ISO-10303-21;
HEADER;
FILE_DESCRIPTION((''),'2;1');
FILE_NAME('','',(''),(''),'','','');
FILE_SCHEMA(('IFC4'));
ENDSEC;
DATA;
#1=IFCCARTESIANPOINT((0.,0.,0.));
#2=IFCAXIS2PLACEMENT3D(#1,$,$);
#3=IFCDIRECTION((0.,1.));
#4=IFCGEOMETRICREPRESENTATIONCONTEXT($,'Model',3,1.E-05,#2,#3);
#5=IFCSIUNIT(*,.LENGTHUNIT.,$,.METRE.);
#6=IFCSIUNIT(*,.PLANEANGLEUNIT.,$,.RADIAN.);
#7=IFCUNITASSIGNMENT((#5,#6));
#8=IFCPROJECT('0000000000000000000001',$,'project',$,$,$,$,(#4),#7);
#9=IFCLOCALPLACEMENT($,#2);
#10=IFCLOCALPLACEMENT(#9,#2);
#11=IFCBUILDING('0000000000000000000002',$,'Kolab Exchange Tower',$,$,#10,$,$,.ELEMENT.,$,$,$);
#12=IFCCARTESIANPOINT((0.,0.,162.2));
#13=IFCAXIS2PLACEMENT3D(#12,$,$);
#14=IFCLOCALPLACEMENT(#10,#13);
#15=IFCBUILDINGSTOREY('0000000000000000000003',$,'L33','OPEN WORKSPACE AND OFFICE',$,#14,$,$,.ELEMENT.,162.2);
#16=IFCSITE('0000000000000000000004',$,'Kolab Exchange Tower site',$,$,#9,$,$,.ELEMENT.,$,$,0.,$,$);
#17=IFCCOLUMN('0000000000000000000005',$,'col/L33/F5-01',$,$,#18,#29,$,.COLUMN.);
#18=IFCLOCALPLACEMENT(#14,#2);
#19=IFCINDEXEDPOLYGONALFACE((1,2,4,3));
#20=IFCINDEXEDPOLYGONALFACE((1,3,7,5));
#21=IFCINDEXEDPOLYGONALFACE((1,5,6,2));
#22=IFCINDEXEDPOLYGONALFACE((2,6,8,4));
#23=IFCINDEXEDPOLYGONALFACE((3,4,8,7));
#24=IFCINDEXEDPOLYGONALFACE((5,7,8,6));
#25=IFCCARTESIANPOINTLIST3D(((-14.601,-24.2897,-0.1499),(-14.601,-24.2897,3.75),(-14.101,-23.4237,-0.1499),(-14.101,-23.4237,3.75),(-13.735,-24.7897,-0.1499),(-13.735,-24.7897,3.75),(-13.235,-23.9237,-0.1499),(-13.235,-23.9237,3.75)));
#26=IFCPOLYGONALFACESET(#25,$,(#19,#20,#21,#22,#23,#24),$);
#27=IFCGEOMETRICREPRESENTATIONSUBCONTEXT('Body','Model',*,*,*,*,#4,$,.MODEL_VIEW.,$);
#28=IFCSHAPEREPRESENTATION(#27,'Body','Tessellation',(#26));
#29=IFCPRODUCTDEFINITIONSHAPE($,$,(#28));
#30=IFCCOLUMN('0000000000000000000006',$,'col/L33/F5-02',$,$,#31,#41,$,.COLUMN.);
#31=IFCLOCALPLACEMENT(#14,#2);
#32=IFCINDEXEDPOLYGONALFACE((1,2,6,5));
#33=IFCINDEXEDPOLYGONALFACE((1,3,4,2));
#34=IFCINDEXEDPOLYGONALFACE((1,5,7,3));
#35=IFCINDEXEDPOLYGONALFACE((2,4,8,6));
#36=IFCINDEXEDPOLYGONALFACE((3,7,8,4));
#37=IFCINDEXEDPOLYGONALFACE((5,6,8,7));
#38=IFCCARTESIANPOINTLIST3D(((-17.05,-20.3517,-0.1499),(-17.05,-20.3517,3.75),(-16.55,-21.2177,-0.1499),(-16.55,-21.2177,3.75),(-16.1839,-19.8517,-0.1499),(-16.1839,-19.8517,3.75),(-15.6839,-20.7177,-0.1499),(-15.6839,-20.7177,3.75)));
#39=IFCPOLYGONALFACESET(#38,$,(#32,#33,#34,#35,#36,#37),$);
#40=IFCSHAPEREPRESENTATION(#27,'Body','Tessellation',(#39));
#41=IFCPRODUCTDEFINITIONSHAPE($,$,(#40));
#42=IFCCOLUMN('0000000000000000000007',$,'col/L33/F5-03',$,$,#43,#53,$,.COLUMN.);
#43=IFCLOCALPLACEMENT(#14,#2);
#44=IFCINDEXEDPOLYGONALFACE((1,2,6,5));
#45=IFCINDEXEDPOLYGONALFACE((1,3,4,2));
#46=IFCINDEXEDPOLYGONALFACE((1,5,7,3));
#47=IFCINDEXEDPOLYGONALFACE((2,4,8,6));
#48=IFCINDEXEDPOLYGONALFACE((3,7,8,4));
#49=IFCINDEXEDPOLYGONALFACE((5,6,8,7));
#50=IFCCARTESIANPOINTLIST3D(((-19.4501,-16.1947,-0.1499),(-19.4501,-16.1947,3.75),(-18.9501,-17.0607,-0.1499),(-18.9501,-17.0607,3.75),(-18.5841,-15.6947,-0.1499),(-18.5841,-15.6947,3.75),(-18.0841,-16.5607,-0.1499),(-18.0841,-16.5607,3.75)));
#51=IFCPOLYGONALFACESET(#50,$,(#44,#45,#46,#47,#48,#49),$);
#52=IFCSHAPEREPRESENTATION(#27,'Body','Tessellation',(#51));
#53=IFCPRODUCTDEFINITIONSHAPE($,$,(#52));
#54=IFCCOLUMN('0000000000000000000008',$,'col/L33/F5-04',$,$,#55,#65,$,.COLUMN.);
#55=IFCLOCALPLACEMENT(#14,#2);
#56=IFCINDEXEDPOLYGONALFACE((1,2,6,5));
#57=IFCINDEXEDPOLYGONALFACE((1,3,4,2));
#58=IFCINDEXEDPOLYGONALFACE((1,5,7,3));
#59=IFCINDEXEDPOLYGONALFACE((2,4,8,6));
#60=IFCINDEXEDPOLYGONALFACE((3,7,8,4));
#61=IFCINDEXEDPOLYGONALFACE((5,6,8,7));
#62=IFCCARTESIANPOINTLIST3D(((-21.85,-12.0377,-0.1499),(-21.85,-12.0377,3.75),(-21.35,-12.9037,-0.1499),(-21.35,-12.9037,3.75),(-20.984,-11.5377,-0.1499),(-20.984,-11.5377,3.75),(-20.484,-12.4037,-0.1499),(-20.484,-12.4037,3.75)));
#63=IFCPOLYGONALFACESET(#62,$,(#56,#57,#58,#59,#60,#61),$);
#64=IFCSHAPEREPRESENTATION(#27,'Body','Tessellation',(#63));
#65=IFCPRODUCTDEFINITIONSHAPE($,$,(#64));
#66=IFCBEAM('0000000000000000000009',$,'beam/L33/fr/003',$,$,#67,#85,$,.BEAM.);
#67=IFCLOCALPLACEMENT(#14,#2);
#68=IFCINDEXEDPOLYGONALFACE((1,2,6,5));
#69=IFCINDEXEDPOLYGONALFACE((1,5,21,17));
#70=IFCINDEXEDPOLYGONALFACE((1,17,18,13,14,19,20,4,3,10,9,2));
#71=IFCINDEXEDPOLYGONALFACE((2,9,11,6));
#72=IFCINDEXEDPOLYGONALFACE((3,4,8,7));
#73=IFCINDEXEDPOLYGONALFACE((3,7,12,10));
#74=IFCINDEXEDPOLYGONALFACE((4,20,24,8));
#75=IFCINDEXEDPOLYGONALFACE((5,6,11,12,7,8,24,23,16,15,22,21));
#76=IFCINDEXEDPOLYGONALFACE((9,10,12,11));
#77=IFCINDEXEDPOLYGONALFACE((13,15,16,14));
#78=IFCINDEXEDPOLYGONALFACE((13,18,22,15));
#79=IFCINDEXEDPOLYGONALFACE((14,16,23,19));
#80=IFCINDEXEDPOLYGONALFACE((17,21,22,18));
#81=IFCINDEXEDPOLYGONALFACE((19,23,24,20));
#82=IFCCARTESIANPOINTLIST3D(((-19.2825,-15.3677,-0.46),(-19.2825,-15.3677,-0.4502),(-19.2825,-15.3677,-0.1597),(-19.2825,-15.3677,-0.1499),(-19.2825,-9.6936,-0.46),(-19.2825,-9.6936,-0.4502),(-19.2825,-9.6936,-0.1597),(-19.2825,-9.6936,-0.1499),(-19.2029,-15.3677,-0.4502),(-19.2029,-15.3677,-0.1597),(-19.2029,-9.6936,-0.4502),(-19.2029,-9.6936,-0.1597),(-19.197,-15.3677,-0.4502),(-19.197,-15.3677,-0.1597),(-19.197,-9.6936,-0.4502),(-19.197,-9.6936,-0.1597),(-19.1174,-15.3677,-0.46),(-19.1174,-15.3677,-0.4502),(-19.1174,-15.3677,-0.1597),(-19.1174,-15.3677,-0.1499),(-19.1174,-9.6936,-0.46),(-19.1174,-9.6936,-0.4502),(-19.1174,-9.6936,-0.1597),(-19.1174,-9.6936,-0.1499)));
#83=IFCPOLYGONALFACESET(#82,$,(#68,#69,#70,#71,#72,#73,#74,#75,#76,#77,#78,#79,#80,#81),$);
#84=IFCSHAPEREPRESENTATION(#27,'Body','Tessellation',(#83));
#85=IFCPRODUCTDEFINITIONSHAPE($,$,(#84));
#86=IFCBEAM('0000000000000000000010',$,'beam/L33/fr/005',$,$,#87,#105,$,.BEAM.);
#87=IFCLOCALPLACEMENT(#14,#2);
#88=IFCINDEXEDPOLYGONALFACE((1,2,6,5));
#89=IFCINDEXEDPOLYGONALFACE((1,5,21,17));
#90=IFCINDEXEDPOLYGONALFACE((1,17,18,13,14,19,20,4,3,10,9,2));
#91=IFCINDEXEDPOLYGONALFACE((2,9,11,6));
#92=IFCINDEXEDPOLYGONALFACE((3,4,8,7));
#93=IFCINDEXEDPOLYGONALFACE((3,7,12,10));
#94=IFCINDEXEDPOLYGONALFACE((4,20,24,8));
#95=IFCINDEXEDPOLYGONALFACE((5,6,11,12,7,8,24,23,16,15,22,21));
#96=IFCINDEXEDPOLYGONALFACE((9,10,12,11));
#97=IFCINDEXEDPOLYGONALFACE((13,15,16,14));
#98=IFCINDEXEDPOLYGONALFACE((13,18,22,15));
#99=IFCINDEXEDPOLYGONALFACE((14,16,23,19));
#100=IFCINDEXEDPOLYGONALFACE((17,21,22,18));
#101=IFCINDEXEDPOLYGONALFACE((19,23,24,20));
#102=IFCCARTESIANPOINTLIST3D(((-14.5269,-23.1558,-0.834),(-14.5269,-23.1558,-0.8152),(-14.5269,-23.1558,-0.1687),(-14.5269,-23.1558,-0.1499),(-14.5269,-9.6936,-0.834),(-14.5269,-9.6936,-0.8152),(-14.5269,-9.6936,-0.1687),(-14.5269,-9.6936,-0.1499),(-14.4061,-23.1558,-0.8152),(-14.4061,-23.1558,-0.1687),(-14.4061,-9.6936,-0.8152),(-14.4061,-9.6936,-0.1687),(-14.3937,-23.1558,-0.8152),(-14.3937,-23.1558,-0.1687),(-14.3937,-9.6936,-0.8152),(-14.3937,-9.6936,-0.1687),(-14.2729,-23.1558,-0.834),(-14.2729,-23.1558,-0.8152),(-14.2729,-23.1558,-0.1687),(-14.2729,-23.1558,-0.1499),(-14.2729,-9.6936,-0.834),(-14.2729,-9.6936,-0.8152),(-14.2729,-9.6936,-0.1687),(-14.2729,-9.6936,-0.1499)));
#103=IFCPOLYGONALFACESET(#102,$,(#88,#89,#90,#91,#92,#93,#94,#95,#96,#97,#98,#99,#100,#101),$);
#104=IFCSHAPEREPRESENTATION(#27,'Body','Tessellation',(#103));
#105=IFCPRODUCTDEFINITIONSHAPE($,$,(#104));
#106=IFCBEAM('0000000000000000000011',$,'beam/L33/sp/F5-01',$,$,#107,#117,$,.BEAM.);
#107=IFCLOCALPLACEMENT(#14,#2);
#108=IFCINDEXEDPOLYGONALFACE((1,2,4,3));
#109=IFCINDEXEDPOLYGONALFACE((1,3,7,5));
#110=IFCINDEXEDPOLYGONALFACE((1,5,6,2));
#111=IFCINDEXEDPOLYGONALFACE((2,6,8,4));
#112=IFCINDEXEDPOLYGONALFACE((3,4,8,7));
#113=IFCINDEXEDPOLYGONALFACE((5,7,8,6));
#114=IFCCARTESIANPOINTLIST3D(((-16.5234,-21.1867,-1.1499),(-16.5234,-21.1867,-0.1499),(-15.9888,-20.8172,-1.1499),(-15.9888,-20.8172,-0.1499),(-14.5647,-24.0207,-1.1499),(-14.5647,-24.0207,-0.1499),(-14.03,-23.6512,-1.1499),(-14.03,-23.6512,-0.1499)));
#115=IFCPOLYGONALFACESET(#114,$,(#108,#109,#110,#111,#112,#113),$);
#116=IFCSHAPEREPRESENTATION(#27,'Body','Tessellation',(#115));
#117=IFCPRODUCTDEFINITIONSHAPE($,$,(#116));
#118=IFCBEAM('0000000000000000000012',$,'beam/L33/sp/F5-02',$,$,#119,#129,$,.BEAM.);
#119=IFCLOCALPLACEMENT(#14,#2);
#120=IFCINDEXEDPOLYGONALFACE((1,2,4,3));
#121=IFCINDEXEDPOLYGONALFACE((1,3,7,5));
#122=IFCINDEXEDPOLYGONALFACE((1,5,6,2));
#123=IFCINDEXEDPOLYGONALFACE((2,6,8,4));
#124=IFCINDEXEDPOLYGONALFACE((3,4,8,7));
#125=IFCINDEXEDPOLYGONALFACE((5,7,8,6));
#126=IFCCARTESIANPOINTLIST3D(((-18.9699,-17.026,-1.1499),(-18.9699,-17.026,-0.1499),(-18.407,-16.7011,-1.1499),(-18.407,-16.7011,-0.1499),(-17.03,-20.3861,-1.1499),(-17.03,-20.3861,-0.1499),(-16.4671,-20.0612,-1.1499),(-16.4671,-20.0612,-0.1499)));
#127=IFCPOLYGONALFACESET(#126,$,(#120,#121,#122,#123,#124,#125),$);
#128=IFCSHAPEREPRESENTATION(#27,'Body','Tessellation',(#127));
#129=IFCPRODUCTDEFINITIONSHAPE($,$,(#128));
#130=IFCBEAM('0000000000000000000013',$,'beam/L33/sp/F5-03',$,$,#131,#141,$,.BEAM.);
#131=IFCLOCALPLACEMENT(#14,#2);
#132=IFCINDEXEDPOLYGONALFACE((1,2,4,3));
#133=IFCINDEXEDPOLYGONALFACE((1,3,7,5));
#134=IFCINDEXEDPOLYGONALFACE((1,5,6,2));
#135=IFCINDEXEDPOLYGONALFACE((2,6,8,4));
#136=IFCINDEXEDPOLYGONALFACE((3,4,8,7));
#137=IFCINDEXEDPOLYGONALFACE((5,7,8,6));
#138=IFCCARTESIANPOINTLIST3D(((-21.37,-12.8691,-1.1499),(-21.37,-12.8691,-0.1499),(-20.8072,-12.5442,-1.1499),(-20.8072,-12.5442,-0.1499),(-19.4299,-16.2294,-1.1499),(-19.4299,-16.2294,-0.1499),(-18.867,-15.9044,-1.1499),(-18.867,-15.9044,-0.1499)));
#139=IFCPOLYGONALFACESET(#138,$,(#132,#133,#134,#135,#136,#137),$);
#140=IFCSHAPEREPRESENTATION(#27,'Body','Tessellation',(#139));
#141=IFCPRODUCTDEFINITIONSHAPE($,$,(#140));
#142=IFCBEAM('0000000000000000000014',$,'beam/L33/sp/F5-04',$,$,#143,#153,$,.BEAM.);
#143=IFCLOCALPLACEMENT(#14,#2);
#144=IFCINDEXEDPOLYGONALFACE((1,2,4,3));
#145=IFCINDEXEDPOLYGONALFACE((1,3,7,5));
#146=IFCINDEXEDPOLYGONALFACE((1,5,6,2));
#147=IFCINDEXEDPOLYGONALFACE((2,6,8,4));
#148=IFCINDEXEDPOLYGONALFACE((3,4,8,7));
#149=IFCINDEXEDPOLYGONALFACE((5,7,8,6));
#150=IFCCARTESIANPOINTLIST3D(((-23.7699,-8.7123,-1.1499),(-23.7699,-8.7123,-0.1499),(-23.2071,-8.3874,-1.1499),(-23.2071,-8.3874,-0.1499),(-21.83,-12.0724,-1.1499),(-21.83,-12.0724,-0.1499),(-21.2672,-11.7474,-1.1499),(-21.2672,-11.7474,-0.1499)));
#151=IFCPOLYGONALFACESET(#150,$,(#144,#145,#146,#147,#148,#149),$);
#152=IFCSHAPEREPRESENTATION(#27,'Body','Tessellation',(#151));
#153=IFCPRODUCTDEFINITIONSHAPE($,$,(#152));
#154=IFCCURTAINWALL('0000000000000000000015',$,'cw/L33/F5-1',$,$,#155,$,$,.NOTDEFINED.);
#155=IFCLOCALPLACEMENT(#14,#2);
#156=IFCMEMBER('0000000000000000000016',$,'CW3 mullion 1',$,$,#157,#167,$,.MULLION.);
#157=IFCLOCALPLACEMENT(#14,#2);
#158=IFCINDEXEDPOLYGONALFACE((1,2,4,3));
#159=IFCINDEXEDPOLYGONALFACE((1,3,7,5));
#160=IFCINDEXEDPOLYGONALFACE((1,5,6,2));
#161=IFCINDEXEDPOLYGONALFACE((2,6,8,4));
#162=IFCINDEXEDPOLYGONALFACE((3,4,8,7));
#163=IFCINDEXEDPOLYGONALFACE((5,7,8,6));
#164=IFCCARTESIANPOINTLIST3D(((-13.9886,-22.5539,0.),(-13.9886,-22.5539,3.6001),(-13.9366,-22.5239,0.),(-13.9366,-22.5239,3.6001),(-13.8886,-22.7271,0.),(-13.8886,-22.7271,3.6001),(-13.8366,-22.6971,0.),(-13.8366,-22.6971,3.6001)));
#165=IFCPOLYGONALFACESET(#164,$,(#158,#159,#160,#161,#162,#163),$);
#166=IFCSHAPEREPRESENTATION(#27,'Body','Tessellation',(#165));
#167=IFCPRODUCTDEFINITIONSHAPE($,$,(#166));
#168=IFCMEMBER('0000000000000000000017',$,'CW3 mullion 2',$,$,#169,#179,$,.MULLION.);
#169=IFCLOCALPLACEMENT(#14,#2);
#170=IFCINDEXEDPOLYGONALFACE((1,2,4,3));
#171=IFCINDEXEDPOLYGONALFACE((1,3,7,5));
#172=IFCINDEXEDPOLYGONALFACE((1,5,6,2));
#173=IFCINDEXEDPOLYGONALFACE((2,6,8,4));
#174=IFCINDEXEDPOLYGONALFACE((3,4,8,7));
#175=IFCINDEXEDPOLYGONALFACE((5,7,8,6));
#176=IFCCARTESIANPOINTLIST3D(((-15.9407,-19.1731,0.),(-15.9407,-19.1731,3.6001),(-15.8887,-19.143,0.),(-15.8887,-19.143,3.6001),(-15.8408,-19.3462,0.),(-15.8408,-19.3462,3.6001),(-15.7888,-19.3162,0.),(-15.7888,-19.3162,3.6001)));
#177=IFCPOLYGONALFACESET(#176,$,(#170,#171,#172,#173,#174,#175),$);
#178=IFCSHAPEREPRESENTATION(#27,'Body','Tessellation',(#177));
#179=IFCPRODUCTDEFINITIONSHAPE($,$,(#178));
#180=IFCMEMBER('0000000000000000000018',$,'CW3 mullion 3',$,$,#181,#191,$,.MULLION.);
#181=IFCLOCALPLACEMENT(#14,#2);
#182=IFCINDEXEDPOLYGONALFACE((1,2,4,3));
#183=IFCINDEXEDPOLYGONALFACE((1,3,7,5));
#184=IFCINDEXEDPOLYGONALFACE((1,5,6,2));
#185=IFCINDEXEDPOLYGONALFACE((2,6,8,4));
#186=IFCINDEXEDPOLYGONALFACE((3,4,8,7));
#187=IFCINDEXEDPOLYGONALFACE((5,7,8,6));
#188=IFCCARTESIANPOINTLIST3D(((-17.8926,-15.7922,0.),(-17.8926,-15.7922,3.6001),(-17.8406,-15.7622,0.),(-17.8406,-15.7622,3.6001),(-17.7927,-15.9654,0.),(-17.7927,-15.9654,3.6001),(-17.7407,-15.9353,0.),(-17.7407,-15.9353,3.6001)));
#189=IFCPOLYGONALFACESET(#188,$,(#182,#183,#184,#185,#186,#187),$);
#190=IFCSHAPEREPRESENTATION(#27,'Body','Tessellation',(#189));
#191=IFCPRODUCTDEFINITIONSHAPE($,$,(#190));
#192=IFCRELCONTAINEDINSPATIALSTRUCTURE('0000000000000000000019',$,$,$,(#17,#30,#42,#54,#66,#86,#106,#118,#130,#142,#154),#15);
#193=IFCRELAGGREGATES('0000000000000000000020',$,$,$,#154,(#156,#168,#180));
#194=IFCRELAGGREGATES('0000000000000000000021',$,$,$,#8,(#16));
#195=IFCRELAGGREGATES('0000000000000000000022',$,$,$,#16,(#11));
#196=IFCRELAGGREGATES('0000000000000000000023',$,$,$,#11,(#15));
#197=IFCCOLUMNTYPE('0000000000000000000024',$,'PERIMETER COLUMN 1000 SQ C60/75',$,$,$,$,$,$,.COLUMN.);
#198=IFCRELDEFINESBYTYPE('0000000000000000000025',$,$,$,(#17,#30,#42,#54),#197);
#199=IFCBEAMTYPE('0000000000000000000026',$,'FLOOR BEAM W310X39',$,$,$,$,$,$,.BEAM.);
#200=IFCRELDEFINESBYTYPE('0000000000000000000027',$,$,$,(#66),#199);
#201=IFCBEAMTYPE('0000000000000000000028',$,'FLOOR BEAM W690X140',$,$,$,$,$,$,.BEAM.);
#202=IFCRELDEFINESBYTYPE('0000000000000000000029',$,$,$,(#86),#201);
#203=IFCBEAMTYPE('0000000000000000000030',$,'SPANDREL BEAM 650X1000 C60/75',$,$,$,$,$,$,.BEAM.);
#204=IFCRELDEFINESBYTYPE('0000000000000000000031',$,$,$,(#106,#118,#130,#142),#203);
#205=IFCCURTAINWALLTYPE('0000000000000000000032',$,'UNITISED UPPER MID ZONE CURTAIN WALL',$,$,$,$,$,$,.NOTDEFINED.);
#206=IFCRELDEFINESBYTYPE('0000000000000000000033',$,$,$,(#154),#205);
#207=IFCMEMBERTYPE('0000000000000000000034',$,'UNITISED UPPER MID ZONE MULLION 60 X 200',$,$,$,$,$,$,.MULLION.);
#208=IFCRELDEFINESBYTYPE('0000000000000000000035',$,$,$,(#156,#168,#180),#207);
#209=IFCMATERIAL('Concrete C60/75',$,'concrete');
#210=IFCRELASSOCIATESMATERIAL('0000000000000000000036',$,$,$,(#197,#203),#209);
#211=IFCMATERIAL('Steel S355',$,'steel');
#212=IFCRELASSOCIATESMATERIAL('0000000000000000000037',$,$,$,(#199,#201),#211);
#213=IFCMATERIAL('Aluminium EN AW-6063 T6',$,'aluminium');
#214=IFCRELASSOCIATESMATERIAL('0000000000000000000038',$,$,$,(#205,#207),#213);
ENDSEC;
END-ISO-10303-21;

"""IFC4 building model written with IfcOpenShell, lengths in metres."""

from ifc_helpers import new_model, si_unit, direction, frame, origin, origin_2d, place, context, subcontext, project, spatial, rectangle, i_section, extrude, material, material_profile, profile_set, type_object, element, aggregate, save


model = new_model("IFC4")

# Units and contexts
model_context = context("Model", 3, precision=1e-05, world=origin(), true_north=direction((0.0, 1.0)))
body_context = subcontext(model_context, "Body", "Model", "MODEL_VIEW")
ifc_project = project(units=[si_unit("LENGTHUNIT", "METRE"), si_unit("PLANEANGLEUNIT", "RADIAN")], contexts=[model_context])

# Site, building, storey
site_placement = place(None, origin())
site = spatial("IfcSite", under=ifc_project, at=site_placement, Name="Kolab Exchange Tower site", CompositionType="ELEMENT", RefElevation=0.0)
building_placement = place(site_placement, origin())
building = spatial("IfcBuilding", under=site, at=building_placement, Name="Kolab Exchange Tower", CompositionType="ELEMENT")
storey_placement = place(building_placement, frame((0.0, 0.0, 162.2)))
storey = spatial("IfcBuildingStorey", under=building, at=storey_placement, Name="L33", Description="OPEN WORKSPACE AND OFFICE", CompositionType="ELEMENT", Elevation=162.2)

# Columns
ifc_material_1 = material(Name="Concrete C60/75", Category="concrete")
ifc_material_profile_1 = material_profile(ifc_material_1, rectangle(XDim=1.0, YDim=1.0, at=origin_2d()), Name="RC1000")
ifc_profile_set_1 = profile_set([ifc_material_profile_1], Name="Concrete C60/75")
column_type = type_object("IfcColumnType", Name="PERIMETER COLUMN 1000 SQ C60/75", PredefinedType="COLUMN", material=ifc_profile_set_1)
for number, where, z_axis, x_axis, name in (
    (1, (-13.918, -24.1067, -0.1499), (0.0, 0.0, 1.0), (0.5, 0.866025, 0.0), "col/L33/F5-01"),
    (2, (-16.3669, -20.5347, -0.1499), (0.0, 0.0, 1.0), (0.866025, 0.5, 0.0), "col/L33/F5-02"),
    (3, (-18.7671, -16.3777, -0.1499), (0.0, 0.0, 1.0), (0.866025, 0.5, 0.0), "col/L33/F5-03"),
    (4, (-21.167, -12.2207, -0.1499), (0.0, 0.0, 1.0), (0.866025, 0.5, 0.0), "col/L33/F5-04"),
):
    element("IfcColumn", number, at=place(storey_placement, frame(where, z_axis=z_axis, x_axis=x_axis)), inside=storey, type_object=column_type, Name=name, PredefinedType="COLUMN", context=body_context, shape_type="SweptSolid", body=[
        extrude(rectangle(XDim=1.0, YDim=1.0, at=origin_2d()), origin(), (0.0, 0.0, 1.0), 3.8999),
    ])

# Beams
ifc_material_2 = material(Name="Steel S355", Category="steel")
ifc_material_profile_2 = material_profile(ifc_material_2, i_section(OverallWidth=0.165, OverallDepth=0.3101, WebThickness=0.0059, FlangeThickness=0.0098, at=origin_2d()), Name="W310X39")
ifc_profile_set_2 = profile_set([ifc_material_profile_2], Name="Steel S355")
beam_type_1 = type_object("IfcBeamType", Name="FLOOR BEAM W310X39", PredefinedType="BEAM", material=ifc_profile_set_2)
beam_1_placement = place(storey_placement, frame((-19.2, -15.3677, -0.3049), z_axis=(0.0, 1.0, 0.0), x_axis=(-1.0, 0.0, 0.0)))
element("IfcBeam", 5, at=beam_1_placement, inside=storey, type_object=beam_type_1, Name="beam/L33/fr/003", PredefinedType="BEAM", context=body_context, shape_type="SweptSolid", body=[
    extrude(i_section(OverallWidth=0.165, OverallDepth=0.3101, WebThickness=0.0059, FlangeThickness=0.0098, at=origin_2d()), origin(), (0.0, 0.0, 1.0), 5.6741),
])
ifc_material_profile_3 = material_profile(ifc_material_2, i_section(OverallWidth=0.2539, OverallDepth=0.6841, WebThickness=0.0125, FlangeThickness=0.0188, at=origin_2d()), Name="W690X140")
ifc_profile_set_3 = profile_set([ifc_material_profile_3], Name="Steel S355")
beam_type_2 = type_object("IfcBeamType", Name="FLOOR BEAM W690X140", PredefinedType="BEAM", material=ifc_profile_set_3)
beam_2_placement = place(storey_placement, frame((-14.3999, -23.1558, -0.4919), z_axis=(0.0, 1.0, 0.0), x_axis=(-1.0, 0.0, 0.0)))
element("IfcBeam", 6, at=beam_2_placement, inside=storey, type_object=beam_type_2, Name="beam/L33/fr/005", PredefinedType="BEAM", context=body_context, shape_type="SweptSolid", body=[
    extrude(i_section(OverallWidth=0.2539, OverallDepth=0.6841, WebThickness=0.0125, FlangeThickness=0.0188, at=origin_2d()), origin(), (0.0, 0.0, 1.0), 13.4622),
])
ifc_material_profile_4 = material_profile(ifc_material_1, rectangle(XDim=0.6499, YDim=1.0, at=origin_2d()), Name="RC650X1000")
ifc_profile_set_4 = profile_set([ifc_material_profile_4], Name="Concrete C60/75")
beam_type_3 = type_object("IfcBeamType", Name="SPANDREL BEAM 650X1000 C60/75", PredefinedType="BEAM", material=ifc_profile_set_4)
beam_3_placement = place(storey_placement, frame((-14.2974, -23.8359, -0.6499), z_axis=(-0.568572, 0.822633, 0.0), x_axis=(-0.822633, -0.568572, 0.0)))
element("IfcBeam", 7, at=beam_3_placement, inside=storey, type_object=beam_type_3, Name="beam/L33/sp/F5-01", PredefinedType="BEAM", context=body_context, shape_type="SweptSolid", body=[
    extrude(rectangle(XDim=0.6499, YDim=1.0, at=origin_2d()), origin(), (0.0, 0.0, 1.0), 3.4451),
])
beam_4_placement = place(storey_placement, frame((-16.7485, -20.2236, -0.6499), z_axis=(-0.499997, 0.866027, 0.0), x_axis=(-0.866027, -0.499997, 0.0)))
element("IfcBeam", 8, at=beam_4_placement, inside=storey, type_object=beam_type_3, Name="beam/L33/sp/F5-02", PredefinedType="BEAM", context=body_context, shape_type="SweptSolid", body=[
    extrude(rectangle(XDim=0.6499, YDim=1.0, at=origin_2d()), origin(), (0.0, 0.0, 1.0), 3.8799),
])
beam_5_placement = place(storey_placement, frame((-19.1484, -16.0669, -0.6499), z_axis=(-0.500017, 0.866016, 0.0), x_axis=(-0.866016, -0.500017, 0.0)))
element("IfcBeam", 9, at=beam_5_placement, inside=storey, type_object=beam_type_3, Name="beam/L33/sp/F5-03", PredefinedType="BEAM", context=body_context, shape_type="SweptSolid", body=[
    extrude(rectangle(XDim=0.6499, YDim=1.0, at=origin_2d()), origin(), (0.0, 0.0, 1.0), 3.8801),
])
beam_6_placement = place(storey_placement, frame((-21.5486, -11.9099, -0.6499), z_axis=(-0.499997, 0.866027, 0.0), x_axis=(-0.866027, -0.499997, 0.0)))
element("IfcBeam", 10, at=beam_6_placement, inside=storey, type_object=beam_type_3, Name="beam/L33/sp/F5-04", PredefinedType="BEAM", context=body_context, shape_type="SweptSolid", body=[
    extrude(rectangle(XDim=0.6499, YDim=1.0, at=origin_2d()), origin(), (0.0, 0.0, 1.0), 3.8799),
])

# Curtain wall, members
ifc_material_3 = material(Name="Aluminium EN AW-6063 T6", Category="aluminium")
curtain_wall_type = type_object("IfcCurtainWallType", Name="UNITISED UPPER MID ZONE CURTAIN WALL", PredefinedType="NOTDEFINED", material=ifc_material_3)
curtain_wall_1_placement = place(storey_placement, origin())
curtain_wall_1 = element("IfcCurtainWall", 11, at=curtain_wall_1_placement, inside=storey, type_object=curtain_wall_type, Name="cw/L33/F5-1", PredefinedType="NOTDEFINED")
ifc_material_profile_5 = material_profile(ifc_material_3, rectangle(XDim=0.0601, YDim=0.2, at=origin_2d()), Name="RECT 60X200")
ifc_profile_set_5 = profile_set([ifc_material_profile_5], Name="Aluminium EN AW-6063 T6")
member_type_1 = type_object("IfcMemberType", Name="UNITISED UPPER MID ZONE MULLION 60 X 200", PredefinedType="MULLION", material=ifc_profile_set_5)
member_1_placement = place(storey_placement, frame((-13.9126, -22.6255, 0.0), z_axis=(0.0, 0.0, 1.0), x_axis=(-0.866025, -0.5, 0.0)))
member_1 = element("IfcMember", 12, at=member_1_placement, type_object=member_type_1, Name="CW3 mullion 1", PredefinedType="MULLION", context=body_context, shape_type="SweptSolid", body=[
    extrude(rectangle(XDim=0.0601, YDim=0.2, at=origin_2d()), origin(), (0.0, 0.0, 1.0), 3.6001),
])
member_2_placement = place(storey_placement, frame((-15.8647, -19.2446, 0.0), z_axis=(0.0, 0.0, 1.0), x_axis=(-0.866025, -0.5, 0.0)))
member_2 = element("IfcMember", 13, at=member_2_placement, type_object=member_type_1, Name="CW3 mullion 2", PredefinedType="MULLION", context=body_context, shape_type="SweptSolid", body=[
    extrude(rectangle(XDim=0.0601, YDim=0.2, at=origin_2d()), origin(), (0.0, 0.0, 1.0), 3.6001),
])
member_3_placement = place(storey_placement, frame((-17.8167, -15.8638, 0.0), z_axis=(0.0, 0.0, 1.0), x_axis=(-0.866025, -0.5, 0.0)))
member_3 = element("IfcMember", 14, at=member_3_placement, type_object=member_type_1, Name="CW3 mullion 3", PredefinedType="MULLION", context=body_context, shape_type="SweptSolid", body=[
    extrude(rectangle(XDim=0.0601, YDim=0.2, at=origin_2d()), origin(), (0.0, 0.0, 1.0), 3.6001),
])

aggregate(curtain_wall_1, [member_1, member_2, member_3])

save(model, "model.ifc")
